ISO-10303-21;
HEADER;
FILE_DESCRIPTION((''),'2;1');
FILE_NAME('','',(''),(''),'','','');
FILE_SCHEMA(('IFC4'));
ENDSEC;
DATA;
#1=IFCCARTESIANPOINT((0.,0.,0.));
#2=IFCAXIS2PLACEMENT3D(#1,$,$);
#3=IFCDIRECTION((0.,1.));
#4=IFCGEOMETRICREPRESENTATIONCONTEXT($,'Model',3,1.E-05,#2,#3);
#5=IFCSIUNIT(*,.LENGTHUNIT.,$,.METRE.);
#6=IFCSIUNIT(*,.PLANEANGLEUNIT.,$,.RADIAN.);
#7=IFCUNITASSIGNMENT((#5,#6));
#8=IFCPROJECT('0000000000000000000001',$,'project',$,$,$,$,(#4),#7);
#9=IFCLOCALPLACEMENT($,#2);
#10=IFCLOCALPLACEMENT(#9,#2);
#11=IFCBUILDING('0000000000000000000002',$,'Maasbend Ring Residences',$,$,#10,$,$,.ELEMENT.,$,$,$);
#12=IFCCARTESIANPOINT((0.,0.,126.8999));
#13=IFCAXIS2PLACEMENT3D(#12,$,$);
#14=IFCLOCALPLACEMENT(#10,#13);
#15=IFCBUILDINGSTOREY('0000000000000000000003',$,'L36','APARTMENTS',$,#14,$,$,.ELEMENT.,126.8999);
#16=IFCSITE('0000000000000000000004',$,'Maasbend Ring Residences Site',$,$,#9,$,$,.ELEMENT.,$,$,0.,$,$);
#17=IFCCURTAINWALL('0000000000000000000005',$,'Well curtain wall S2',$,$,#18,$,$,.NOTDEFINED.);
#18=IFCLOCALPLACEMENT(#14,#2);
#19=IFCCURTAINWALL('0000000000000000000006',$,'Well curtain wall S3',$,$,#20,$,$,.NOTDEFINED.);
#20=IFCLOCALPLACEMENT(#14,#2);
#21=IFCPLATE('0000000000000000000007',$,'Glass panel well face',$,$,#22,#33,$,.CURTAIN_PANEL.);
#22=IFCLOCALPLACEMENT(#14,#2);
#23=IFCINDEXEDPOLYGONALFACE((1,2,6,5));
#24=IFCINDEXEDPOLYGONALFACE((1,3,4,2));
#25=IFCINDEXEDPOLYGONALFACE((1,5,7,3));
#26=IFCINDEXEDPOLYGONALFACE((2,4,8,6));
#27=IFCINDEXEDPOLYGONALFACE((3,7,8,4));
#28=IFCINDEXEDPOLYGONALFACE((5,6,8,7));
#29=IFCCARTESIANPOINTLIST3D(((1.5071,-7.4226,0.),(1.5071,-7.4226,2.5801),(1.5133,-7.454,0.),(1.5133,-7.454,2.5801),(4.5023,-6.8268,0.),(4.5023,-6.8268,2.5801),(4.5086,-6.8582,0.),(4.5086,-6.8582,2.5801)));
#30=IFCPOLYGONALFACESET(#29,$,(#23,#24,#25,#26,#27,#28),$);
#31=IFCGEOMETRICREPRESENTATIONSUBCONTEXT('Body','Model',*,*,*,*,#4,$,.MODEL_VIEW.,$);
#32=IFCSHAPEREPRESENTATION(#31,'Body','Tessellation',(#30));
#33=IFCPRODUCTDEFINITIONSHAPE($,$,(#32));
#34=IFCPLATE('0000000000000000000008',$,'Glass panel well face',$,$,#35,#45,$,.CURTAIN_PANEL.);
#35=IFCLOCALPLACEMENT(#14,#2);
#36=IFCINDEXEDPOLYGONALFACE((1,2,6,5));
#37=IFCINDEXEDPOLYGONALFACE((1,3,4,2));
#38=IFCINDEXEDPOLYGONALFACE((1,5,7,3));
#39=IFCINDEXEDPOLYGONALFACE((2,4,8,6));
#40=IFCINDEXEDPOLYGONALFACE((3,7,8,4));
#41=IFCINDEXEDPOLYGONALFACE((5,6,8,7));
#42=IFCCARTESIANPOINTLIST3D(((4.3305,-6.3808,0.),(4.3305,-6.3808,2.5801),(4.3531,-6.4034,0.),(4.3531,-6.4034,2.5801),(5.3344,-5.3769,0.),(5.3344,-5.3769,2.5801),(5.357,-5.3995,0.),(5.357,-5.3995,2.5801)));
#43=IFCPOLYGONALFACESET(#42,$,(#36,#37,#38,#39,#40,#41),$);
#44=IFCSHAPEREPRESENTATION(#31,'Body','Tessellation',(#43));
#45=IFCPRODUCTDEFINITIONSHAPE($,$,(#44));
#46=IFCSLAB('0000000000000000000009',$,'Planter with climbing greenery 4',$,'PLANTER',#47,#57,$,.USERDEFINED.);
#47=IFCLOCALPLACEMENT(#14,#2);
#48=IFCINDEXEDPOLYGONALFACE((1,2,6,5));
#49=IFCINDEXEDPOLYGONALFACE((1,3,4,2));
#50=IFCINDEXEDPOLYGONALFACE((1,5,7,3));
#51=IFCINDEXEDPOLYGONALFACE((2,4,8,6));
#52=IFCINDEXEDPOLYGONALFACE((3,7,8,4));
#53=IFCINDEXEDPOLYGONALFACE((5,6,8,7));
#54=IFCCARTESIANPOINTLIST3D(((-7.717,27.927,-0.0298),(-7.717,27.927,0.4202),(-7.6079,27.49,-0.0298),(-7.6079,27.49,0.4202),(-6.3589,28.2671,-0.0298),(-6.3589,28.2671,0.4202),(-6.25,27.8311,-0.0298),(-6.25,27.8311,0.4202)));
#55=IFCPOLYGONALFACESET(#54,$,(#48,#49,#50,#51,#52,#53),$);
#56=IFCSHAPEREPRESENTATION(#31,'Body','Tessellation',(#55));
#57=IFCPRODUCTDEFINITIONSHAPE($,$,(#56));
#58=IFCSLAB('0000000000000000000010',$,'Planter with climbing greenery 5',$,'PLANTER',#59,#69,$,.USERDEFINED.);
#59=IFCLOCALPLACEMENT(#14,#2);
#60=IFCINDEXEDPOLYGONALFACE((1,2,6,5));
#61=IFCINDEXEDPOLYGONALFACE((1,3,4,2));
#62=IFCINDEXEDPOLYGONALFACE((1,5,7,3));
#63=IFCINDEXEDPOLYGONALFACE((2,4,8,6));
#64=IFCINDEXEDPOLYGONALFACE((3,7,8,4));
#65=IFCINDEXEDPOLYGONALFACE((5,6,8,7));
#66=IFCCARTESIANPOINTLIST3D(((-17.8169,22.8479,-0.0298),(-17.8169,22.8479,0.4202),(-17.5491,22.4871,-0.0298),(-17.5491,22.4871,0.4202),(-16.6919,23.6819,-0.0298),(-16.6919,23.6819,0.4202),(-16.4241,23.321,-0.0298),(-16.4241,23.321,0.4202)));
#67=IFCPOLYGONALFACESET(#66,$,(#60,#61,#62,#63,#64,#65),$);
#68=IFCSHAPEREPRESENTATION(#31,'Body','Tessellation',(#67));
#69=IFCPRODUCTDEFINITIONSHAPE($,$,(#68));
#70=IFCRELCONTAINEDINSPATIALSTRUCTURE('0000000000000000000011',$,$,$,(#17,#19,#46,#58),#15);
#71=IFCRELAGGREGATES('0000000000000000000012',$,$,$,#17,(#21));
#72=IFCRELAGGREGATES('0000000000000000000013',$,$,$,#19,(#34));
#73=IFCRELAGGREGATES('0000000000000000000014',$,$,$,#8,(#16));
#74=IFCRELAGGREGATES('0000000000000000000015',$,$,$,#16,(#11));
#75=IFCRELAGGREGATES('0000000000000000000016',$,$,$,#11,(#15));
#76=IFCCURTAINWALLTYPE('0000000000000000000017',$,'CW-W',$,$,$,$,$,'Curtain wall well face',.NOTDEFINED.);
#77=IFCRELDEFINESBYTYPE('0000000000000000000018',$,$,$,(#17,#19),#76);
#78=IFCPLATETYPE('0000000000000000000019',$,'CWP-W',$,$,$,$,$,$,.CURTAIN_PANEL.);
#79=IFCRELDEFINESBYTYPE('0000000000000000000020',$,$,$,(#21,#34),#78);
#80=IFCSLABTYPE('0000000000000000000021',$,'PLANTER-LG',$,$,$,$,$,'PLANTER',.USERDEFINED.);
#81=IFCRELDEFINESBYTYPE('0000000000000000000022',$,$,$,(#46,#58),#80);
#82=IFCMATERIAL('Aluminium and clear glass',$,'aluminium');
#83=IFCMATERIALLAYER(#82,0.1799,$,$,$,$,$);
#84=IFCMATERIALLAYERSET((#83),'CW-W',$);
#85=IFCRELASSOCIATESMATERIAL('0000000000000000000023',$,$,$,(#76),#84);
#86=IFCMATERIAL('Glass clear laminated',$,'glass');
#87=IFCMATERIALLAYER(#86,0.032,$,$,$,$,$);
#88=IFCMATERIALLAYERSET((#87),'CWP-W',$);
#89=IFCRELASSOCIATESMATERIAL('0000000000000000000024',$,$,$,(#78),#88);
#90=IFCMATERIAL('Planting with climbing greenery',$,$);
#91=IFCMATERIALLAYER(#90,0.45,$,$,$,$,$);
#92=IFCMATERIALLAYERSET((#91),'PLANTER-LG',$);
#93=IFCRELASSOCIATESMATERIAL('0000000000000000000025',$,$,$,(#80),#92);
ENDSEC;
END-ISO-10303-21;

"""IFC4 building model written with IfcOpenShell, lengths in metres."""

from ifc_helpers import new_model, si_unit, direction, frame, origin, origin_2d, place, context, subcontext, project, spatial, polyline, rectangle, outline, extrude, material, layer, layer_set, type_object, element, aggregate, save


model = new_model("IFC4")

# Units and contexts
model_context = context("Model", 3, precision=1e-05, world=origin(), true_north=direction((0.0, 1.0)))
body_context = subcontext(model_context, "Body", "Model", "MODEL_VIEW")
ifc_project = project(units=[si_unit("LENGTHUNIT", "METRE"), si_unit("PLANEANGLEUNIT", "RADIAN")], contexts=[model_context])

# Site, building, storey
site_placement = place(None, origin())
site = spatial("IfcSite", under=ifc_project, at=site_placement, Name="Maasbend Ring Residences Site", CompositionType="ELEMENT", RefElevation=0.0)
building_placement = place(site_placement, origin())
building = spatial("IfcBuilding", under=site, at=building_placement, Name="Maasbend Ring Residences", CompositionType="ELEMENT")
storey_placement = place(building_placement, frame((0.0, 0.0, 126.8999)))
storey = spatial("IfcBuildingStorey", under=building, at=storey_placement, Name="L36", Description="APARTMENTS", CompositionType="ELEMENT", Elevation=126.8999)

# Curtain walls
ifc_material_1 = material(Name="Aluminium and clear glass", Category="aluminium")
ifc_layer_1 = layer(ifc_material_1, 0.1799)
ifc_layer_set_1 = layer_set([ifc_layer_1], Name="CW-W")
curtain_wall_type = type_object("IfcCurtainWallType", Name="CW-W", ElementType="Curtain wall well face", PredefinedType="NOTDEFINED", material=ifc_layer_set_1)
curtain_wall_1_placement = place(storey_placement, origin())
curtain_wall_1 = element("IfcCurtainWall", 1, at=curtain_wall_1_placement, inside=storey, type_object=curtain_wall_type, Name="Well curtain wall S2", PredefinedType="NOTDEFINED")
curtain_wall_2_placement = place(storey_placement, origin())
curtain_wall_2 = element("IfcCurtainWall", 2, at=curtain_wall_2_placement, inside=storey, type_object=curtain_wall_type, Name="Well curtain wall S3", PredefinedType="NOTDEFINED")

# Plates
ifc_material_2 = material(Name="Glass clear laminated", Category="glass")
ifc_layer_2 = layer(ifc_material_2, 0.032)
ifc_layer_set_2 = layer_set([ifc_layer_2], Name="CWP-W")
plate_type = type_object("IfcPlateType", Name="CWP-W", PredefinedType="CURTAIN_PANEL", material=ifc_layer_set_2)
plate_1_placement = place(storey_placement, frame((3.0078, -7.1404, 0.0), z_axis=(0.0, 0.0, 1.0), x_axis=(0.980785, 0.19509, 0.0)))
plate_1 = element("IfcPlate", 3, at=plate_1_placement, type_object=plate_type, Name="Glass panel well face", PredefinedType="CURTAIN_PANEL", context=body_context, shape_type="SweptSolid", body=[
    extrude(rectangle(XDim=3.054, YDim=0.032, at=origin_2d()), origin(), (0.0, 0.0, 1.0), 2.5801),
])
aggregate(curtain_wall_1, [plate_1])
plate_2_placement = place(storey_placement, frame((4.8438, -5.8901, 0.0), z_axis=(0.0, 0.0, 1.0), x_axis=(0.707107, 0.707107, 0.0)))
plate_2 = element("IfcPlate", 4, at=plate_2_placement, type_object=plate_type, Name="Glass panel well face", PredefinedType="CURTAIN_PANEL", context=body_context, shape_type="SweptSolid", body=[
    extrude(rectangle(XDim=1.4197, YDim=0.032, at=origin_2d()), origin(), (0.0, 0.0, 1.0), 2.5801),
])
aggregate(curtain_wall_2, [plate_2])

# Slabs
ifc_material_3 = material(Name="Planting with climbing greenery")
ifc_layer_3 = layer(ifc_material_3, 0.45)
ifc_layer_set_3 = layer_set([ifc_layer_3], Name="PLANTER-LG")
slab_type_1 = type_object("IfcSlabType", Name="PLANTER-LG", ElementType="PLANTER", PredefinedType="USERDEFINED", material=ifc_layer_set_3)
slab_1_placement = place(storey_placement, frame((0.0, 0.0, -0.0298)))
element("IfcSlab", 5, at=slab_1_placement, inside=storey, type_object=slab_type_1, Name="Planter with climbing greenery 4", ObjectType="PLANTER", PredefinedType="USERDEFINED", context=body_context, shape_type="SweptSolid", body=[
    extrude(outline(polyline([(-6.3589, 28.2671), (-7.717, 27.927), (-7.6079, 27.49), (-6.25, 27.8311), (-6.3589, 28.2671)])), origin(), (0.0, 0.0, 1.0), 0.45),
])
slab_2_placement = place(storey_placement, frame((0.0, 0.0, -0.0298)))
element("IfcSlab", 6, at=slab_2_placement, inside=storey, type_object=slab_type_1, Name="Planter with climbing greenery 5", ObjectType="PLANTER", PredefinedType="USERDEFINED", context=body_context, shape_type="SweptSolid", body=[
    extrude(outline(polyline([(-16.6919, 23.6819), (-17.8169, 22.8479), (-17.5491, 22.4871), (-16.4241, 23.321), (-16.6919, 23.6819)])), origin(), (0.0, 0.0, 1.0), 0.45),
])

save(model, "model.ifc")
